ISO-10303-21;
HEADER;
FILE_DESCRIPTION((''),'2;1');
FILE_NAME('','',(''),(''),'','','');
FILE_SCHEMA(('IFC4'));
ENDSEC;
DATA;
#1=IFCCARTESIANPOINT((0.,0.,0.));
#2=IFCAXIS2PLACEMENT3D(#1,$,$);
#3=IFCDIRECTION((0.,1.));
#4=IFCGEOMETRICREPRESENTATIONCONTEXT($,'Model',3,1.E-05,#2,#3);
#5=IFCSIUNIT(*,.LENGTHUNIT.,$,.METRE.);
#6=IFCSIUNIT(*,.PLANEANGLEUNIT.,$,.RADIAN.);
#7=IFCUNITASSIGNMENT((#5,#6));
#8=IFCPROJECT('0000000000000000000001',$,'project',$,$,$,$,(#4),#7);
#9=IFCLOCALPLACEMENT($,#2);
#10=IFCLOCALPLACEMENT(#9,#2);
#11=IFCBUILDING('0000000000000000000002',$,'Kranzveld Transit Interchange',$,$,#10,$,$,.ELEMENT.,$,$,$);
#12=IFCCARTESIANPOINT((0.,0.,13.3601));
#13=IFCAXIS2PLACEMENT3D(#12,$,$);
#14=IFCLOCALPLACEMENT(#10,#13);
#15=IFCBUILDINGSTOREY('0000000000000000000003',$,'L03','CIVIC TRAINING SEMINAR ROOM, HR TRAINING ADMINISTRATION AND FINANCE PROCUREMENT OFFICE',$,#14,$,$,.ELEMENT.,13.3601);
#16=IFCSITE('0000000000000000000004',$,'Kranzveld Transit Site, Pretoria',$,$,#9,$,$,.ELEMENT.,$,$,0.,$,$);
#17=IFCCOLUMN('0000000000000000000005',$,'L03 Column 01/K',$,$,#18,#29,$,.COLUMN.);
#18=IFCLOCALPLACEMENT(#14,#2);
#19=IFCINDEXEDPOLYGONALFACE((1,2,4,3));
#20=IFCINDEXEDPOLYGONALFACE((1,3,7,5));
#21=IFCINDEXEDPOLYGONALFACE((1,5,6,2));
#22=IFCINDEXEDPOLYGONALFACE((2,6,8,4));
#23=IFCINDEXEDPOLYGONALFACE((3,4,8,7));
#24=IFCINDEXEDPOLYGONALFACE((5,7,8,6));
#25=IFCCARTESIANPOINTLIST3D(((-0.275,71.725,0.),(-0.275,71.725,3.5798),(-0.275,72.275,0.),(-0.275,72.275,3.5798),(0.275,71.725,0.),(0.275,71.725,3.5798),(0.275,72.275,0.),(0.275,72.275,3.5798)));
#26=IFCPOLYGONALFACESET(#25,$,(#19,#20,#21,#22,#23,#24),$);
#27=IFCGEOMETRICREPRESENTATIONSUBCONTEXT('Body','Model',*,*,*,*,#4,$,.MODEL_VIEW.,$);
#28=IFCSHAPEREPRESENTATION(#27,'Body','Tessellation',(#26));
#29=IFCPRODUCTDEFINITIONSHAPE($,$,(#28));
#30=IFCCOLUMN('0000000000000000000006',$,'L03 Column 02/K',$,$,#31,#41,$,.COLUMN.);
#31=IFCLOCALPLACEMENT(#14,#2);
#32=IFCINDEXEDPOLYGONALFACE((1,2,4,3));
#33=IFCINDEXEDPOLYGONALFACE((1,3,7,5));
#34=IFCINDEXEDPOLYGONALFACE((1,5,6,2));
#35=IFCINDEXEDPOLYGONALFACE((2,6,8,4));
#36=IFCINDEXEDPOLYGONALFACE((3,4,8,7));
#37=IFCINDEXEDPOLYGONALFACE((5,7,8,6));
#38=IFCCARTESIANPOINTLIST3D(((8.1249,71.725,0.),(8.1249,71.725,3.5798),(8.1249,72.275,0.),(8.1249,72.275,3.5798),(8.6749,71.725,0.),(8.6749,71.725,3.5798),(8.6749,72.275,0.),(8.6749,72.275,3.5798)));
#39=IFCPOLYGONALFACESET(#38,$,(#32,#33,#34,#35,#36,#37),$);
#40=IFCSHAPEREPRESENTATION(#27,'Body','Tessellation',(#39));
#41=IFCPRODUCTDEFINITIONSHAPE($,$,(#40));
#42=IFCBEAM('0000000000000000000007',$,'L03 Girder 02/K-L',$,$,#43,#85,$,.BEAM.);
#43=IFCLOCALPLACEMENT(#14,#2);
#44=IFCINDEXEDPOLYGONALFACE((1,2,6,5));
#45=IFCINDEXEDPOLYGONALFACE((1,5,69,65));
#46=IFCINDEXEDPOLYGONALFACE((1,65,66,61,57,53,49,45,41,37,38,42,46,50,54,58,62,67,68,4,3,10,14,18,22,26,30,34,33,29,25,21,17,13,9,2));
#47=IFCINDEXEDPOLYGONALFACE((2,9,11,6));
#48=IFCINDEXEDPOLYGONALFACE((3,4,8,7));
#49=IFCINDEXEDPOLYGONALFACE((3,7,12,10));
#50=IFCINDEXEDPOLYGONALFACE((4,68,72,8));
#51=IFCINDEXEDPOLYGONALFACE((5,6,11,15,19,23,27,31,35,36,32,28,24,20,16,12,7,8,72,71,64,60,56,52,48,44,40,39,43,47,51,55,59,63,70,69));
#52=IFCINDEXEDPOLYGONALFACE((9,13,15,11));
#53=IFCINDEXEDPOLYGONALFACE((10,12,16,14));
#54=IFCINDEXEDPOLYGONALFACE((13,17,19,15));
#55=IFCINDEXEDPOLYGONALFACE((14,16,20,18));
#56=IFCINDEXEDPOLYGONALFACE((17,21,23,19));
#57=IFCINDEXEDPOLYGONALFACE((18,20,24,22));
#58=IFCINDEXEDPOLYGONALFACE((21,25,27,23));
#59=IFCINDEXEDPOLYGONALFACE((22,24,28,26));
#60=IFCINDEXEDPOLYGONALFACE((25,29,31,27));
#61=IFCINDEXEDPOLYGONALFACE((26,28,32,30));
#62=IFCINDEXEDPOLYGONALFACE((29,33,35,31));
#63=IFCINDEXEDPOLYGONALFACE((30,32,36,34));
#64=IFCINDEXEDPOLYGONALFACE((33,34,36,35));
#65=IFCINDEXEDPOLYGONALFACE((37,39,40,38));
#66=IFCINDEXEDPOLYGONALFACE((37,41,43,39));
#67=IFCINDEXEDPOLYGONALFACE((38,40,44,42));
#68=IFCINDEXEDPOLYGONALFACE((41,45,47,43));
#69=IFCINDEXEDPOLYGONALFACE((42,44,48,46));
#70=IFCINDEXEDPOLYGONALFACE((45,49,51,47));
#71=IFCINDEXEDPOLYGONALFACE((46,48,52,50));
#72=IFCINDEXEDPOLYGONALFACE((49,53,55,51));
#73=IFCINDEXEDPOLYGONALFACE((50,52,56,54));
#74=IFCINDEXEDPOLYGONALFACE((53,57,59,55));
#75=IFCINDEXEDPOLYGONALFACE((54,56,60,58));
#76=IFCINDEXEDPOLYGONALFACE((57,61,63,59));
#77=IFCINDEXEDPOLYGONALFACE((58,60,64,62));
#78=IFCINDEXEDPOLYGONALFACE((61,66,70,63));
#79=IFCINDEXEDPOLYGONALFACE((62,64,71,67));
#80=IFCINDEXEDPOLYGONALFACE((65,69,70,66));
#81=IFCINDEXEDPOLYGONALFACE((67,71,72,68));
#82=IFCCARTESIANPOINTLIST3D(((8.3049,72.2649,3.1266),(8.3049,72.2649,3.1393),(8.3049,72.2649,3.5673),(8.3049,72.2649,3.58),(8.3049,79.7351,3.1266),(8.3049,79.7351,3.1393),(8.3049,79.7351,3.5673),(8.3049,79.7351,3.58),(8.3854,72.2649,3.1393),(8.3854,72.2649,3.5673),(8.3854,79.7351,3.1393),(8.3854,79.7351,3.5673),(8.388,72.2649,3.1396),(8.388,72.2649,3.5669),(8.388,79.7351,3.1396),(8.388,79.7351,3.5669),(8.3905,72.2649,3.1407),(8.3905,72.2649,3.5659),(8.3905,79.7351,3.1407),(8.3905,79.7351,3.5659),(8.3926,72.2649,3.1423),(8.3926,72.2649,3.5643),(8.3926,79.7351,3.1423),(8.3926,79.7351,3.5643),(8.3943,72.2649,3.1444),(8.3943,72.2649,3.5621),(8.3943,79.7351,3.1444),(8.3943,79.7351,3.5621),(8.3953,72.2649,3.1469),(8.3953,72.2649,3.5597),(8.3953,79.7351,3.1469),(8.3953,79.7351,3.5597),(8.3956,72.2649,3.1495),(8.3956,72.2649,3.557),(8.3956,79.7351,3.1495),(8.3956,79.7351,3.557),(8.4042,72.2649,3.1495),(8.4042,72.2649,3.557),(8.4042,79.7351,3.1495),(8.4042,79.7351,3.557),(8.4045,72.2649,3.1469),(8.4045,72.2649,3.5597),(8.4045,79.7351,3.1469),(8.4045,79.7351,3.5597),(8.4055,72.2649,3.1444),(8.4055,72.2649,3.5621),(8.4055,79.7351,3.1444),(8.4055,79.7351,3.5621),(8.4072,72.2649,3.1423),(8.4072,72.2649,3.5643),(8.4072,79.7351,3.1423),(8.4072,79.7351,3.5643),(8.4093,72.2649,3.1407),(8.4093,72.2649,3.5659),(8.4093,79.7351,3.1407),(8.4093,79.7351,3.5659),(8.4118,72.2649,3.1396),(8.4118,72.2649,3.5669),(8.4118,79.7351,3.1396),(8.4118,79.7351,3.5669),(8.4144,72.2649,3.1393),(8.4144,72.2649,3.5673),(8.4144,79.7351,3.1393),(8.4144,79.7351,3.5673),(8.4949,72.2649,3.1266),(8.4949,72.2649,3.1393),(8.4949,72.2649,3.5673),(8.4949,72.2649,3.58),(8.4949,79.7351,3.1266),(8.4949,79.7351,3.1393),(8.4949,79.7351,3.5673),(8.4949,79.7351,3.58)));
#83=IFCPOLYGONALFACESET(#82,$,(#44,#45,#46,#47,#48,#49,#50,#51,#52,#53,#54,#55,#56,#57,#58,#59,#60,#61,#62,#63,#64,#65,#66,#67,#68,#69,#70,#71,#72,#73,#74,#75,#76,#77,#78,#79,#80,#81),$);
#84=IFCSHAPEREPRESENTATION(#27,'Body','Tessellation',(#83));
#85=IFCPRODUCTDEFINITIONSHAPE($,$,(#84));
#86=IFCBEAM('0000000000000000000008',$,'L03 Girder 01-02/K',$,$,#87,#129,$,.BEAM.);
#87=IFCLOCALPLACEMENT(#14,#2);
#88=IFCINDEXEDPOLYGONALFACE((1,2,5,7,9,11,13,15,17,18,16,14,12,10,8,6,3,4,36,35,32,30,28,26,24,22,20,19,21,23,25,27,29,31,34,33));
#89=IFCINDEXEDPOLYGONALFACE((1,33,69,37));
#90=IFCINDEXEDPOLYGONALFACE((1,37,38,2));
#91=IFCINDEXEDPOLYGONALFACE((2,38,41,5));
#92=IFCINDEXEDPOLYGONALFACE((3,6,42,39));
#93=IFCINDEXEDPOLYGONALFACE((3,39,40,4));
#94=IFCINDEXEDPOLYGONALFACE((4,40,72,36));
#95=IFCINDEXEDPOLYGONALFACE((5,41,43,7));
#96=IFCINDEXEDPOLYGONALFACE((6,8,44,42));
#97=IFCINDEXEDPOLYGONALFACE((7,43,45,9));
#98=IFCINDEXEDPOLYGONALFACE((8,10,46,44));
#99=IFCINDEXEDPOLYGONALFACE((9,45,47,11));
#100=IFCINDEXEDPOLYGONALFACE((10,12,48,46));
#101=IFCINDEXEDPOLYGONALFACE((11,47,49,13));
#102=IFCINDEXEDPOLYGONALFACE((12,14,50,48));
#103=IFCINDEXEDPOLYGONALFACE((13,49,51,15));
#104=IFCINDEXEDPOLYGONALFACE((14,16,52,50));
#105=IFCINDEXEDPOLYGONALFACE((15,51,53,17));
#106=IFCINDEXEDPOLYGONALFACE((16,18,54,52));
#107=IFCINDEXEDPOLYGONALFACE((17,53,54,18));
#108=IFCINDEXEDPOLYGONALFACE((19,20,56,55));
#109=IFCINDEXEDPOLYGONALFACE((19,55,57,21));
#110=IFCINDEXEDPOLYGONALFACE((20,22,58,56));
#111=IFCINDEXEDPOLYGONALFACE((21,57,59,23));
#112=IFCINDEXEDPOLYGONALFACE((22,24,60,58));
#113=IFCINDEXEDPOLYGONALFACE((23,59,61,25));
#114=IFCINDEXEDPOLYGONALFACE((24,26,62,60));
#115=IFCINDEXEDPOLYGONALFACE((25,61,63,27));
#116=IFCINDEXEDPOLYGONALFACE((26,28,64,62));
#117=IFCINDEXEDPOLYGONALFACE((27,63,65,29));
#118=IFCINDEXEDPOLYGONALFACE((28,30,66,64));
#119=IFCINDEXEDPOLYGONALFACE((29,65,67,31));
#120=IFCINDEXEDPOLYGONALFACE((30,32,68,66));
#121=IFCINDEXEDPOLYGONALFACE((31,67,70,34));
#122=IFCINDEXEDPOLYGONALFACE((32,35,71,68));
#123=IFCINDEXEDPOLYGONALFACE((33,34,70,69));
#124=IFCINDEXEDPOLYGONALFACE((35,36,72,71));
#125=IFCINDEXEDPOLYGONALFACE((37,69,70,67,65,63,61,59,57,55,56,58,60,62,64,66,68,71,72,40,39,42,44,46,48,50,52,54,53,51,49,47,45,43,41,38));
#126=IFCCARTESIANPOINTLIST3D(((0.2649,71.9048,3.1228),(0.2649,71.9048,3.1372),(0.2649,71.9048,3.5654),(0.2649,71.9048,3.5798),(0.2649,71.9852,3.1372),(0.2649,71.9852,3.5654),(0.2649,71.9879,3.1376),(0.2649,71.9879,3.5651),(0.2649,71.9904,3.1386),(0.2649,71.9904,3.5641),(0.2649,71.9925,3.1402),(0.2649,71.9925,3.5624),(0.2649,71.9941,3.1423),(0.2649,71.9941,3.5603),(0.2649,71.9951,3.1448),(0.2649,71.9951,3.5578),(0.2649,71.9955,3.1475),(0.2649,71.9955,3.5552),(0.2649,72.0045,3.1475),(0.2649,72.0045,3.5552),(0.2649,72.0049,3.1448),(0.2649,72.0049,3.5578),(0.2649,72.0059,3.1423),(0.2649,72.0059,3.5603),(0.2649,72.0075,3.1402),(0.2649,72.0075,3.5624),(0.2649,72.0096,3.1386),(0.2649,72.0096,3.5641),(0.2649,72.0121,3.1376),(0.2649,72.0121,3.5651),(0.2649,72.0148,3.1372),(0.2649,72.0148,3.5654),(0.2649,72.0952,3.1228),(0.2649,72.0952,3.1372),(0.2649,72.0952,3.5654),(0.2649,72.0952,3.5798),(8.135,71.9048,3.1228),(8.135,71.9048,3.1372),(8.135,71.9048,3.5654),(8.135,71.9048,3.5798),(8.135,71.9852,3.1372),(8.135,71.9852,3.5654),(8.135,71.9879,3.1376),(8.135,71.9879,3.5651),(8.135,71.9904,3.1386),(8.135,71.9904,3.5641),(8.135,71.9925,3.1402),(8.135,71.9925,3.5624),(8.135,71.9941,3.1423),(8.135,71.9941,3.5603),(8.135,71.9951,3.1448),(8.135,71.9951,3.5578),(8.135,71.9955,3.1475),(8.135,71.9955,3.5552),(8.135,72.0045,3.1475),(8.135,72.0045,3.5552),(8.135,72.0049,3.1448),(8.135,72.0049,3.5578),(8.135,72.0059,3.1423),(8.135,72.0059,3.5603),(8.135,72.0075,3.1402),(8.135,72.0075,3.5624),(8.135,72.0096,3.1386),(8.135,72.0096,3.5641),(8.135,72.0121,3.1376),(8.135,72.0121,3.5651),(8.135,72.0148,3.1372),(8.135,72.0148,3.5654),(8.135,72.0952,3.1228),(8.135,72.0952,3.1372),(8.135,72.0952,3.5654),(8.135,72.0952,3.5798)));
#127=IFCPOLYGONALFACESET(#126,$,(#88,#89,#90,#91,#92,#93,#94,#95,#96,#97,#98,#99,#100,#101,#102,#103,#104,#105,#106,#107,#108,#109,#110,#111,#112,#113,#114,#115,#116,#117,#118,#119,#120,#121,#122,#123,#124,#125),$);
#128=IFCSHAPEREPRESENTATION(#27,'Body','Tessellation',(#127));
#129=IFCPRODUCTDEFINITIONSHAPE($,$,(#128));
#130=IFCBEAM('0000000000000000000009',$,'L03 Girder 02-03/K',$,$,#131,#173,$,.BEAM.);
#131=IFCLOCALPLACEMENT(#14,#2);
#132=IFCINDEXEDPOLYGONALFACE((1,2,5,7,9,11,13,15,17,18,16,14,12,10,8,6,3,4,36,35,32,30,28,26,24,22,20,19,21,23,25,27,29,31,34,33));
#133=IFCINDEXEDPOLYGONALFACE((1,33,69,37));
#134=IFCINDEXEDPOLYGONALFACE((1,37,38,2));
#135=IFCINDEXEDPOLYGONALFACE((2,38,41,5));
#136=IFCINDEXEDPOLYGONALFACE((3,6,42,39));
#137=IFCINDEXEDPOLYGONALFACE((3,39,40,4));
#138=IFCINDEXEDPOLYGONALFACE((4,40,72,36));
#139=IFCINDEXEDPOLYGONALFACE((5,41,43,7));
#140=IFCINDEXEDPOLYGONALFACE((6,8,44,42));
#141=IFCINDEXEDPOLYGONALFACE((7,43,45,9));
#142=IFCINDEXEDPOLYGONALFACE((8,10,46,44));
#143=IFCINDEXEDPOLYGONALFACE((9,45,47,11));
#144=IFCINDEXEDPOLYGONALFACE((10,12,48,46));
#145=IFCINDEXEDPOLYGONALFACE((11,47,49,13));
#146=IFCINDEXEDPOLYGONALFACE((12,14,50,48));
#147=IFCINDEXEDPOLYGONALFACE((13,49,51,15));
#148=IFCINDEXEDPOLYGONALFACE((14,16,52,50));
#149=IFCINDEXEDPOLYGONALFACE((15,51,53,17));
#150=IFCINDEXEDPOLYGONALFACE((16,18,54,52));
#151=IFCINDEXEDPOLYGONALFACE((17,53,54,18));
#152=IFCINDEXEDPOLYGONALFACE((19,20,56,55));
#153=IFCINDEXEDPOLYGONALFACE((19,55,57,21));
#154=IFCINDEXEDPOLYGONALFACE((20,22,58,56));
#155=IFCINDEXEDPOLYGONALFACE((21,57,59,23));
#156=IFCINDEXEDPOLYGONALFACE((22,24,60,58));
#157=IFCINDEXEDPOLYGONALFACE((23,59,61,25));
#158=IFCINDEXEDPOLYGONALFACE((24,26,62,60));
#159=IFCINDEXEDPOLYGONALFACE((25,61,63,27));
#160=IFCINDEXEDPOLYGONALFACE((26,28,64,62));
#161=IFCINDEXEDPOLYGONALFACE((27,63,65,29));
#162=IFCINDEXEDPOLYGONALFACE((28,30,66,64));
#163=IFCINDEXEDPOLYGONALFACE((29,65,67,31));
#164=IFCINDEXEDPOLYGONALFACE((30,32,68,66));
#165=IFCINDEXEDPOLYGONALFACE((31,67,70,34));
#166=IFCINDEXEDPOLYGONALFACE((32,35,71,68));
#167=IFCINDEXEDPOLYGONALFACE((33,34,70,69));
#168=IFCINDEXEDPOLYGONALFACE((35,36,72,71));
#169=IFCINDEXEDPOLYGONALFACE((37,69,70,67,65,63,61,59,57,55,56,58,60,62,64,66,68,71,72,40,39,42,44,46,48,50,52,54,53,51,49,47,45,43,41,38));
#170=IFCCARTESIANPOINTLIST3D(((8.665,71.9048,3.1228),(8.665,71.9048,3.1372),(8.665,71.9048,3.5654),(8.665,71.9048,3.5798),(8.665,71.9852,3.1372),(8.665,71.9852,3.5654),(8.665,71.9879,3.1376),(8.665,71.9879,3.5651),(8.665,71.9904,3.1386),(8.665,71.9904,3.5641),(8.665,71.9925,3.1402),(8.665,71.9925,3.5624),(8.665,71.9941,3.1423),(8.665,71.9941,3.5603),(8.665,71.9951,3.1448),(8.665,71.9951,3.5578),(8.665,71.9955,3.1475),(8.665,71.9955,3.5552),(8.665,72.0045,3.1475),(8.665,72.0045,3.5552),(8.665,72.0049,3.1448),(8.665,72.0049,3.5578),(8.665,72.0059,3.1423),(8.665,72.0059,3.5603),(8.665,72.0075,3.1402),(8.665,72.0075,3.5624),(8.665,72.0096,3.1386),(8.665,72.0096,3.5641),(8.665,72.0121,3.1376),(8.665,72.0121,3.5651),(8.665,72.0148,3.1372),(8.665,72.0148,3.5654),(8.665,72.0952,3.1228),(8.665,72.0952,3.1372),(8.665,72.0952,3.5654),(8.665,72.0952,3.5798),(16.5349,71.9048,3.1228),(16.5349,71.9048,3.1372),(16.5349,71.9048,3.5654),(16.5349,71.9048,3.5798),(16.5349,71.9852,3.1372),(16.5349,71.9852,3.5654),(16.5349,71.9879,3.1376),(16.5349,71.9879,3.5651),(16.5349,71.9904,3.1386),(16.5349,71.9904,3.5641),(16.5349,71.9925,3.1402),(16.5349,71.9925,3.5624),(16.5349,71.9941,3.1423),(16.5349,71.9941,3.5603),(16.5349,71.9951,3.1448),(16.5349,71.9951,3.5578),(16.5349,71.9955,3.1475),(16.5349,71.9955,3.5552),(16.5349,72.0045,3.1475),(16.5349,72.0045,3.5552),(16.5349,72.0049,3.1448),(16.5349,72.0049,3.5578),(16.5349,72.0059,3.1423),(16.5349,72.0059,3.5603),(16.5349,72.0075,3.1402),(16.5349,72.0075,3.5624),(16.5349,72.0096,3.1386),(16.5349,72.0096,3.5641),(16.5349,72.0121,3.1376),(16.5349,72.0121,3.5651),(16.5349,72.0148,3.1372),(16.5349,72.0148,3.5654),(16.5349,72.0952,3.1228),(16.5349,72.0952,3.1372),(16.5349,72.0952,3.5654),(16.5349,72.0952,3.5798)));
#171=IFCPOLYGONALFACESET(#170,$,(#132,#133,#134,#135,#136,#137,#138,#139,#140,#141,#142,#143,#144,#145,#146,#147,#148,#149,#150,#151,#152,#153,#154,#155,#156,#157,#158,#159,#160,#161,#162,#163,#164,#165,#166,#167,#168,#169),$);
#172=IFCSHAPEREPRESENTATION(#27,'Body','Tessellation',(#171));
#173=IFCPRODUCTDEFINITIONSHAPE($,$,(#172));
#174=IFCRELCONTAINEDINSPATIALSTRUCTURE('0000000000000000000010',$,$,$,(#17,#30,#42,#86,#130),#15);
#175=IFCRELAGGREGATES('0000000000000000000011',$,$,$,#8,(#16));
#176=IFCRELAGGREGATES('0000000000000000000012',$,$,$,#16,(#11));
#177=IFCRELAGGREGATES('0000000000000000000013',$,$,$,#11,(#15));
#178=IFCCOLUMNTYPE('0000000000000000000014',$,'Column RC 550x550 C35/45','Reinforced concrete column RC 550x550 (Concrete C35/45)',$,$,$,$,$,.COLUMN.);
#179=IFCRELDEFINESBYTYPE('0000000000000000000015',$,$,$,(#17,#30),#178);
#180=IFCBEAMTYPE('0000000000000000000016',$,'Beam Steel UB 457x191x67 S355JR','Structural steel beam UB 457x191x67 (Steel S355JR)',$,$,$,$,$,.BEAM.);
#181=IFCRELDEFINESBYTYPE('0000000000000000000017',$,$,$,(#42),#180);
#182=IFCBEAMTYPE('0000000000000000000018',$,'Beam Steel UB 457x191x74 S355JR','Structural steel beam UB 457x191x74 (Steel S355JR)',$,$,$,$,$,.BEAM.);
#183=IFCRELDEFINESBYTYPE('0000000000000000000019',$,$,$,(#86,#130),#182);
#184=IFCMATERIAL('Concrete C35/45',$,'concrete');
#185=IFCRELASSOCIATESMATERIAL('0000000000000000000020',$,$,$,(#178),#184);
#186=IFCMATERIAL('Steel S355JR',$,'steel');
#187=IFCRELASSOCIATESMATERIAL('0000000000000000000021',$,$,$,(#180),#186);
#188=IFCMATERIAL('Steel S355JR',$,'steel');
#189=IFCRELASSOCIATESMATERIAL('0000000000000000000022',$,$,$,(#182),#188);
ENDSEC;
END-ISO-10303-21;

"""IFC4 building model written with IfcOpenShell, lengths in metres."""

from ifc_helpers import new_model, si_unit, direction, frame, origin, origin_2d, place, context, subcontext, project, spatial, rectangle, i_section, extrude, material, material_profile, profile_set, type_object, element, save


model = new_model("IFC4")

# Units and contexts
model_context = context("Model", 3, precision=1e-05, world=origin(), true_north=direction((0.0, 1.0)))
body_context = subcontext(model_context, "Body", "Model", "MODEL_VIEW")
ifc_project = project(units=[si_unit("LENGTHUNIT", "METRE"), si_unit("PLANEANGLEUNIT", "RADIAN")], contexts=[model_context])

# Site, building, storey
site_placement = place(None, origin())
site = spatial("IfcSite", under=ifc_project, at=site_placement, Name="Kranzveld Transit Site, Pretoria", CompositionType="ELEMENT", RefElevation=0.0)
building_placement = place(site_placement, origin())
building = spatial("IfcBuilding", under=site, at=building_placement, Name="Kranzveld Transit Interchange", CompositionType="ELEMENT")
storey_placement = place(building_placement, frame((0.0, 0.0, 13.3601)))
storey = spatial("IfcBuildingStorey", under=building, at=storey_placement, Name="L03", Description="CIVIC TRAINING SEMINAR ROOM, HR TRAINING ADMINISTRATION AND FINANCE PROCUREMENT OFFICE", CompositionType="ELEMENT", Elevation=13.3601)

# Columns
ifc_material_1 = material(Name="Concrete C35/45", Category="concrete")
ifc_material_profile_1 = material_profile(ifc_material_1, rectangle(XDim=0.55, YDim=0.55, at=origin_2d()), Name="RC 550x550")
ifc_profile_set_1 = profile_set([ifc_material_profile_1], Name="Concrete C35/45")
column_type = type_object("IfcColumnType", Name="Column RC 550x550 C35/45", Description="Reinforced concrete column RC 550x550 (Concrete C35/45)", PredefinedType="COLUMN", material=ifc_profile_set_1)
for number, where, z_axis, x_axis, name in (
    (1, (0.0, 72.0, 0.0), (0.0, 0.0, 1.0), (1.0, 0.0, 0.0), "L03 Column 01/K"),
    (2, (8.3999, 72.0, 0.0), (0.0, 0.0, 1.0), (1.0, 0.0, 0.0), "L03 Column 02/K"),
):
    element("IfcColumn", number, at=place(storey_placement, frame(where, z_axis=z_axis, x_axis=x_axis)), inside=storey, type_object=column_type, Name=name, PredefinedType="COLUMN", context=body_context, shape_type="SweptSolid", body=[
        extrude(rectangle(XDim=0.55, YDim=0.55, at=origin_2d()), origin(), (0.0, 0.0, 1.0), 3.5798),
    ])

# Beams
ifc_material_2 = material(Name="Steel S355JR", Category="steel")
ifc_material_profile_2 = material_profile(ifc_material_2, i_section(OverallWidth=0.1899, OverallDepth=0.4534, WebThickness=0.0085, FlangeThickness=0.0127, FilletRadius=0.0103, at=origin_2d()), Name="UB 457x191x67")
ifc_profile_set_2 = profile_set([ifc_material_profile_2], Name="Steel S355JR")
beam_type_1 = type_object("IfcBeamType", Name="Beam Steel UB 457x191x67 S355JR", Description="Structural steel beam UB 457x191x67 (Steel S355JR)", PredefinedType="BEAM", material=ifc_profile_set_2)
beam_1_placement = place(storey_placement, frame((8.3999, 72.2649, 3.3533), z_axis=(0.0, 1.0, 0.0), x_axis=(-1.0, 0.0, 0.0)))
element("IfcBeam", 3, at=beam_1_placement, inside=storey, type_object=beam_type_1, Name="L03 Girder 02/K-L", PredefinedType="BEAM", context=body_context, shape_type="SweptSolid", body=[
    extrude(i_section(OverallWidth=0.1899, OverallDepth=0.4534, WebThickness=0.0085, FlangeThickness=0.0127, FilletRadius=0.0103, at=origin_2d()), origin(), (0.0, 0.0, 1.0), 7.4702),
])
ifc_material_3 = material(Name="Steel S355JR", Category="steel")
ifc_material_profile_3 = material_profile(ifc_material_3, i_section(OverallWidth=0.1904, OverallDepth=0.457, WebThickness=0.009, FlangeThickness=0.0144, FilletRadius=0.0103, at=origin_2d()), Name="UB 457x191x74")
ifc_profile_set_3 = profile_set([ifc_material_profile_3], Name="Steel S355JR")
beam_type_2 = type_object("IfcBeamType", Name="Beam Steel UB 457x191x74 S355JR", Description="Structural steel beam UB 457x191x74 (Steel S355JR)", PredefinedType="BEAM", material=ifc_profile_set_3)
beam_2_placement = place(storey_placement, frame((0.2649, 72.0, 3.3513), z_axis=(1.0, 0.0, 0.0), x_axis=(0.0, 1.0, 0.0)))
element("IfcBeam", 4, at=beam_2_placement, inside=storey, type_object=beam_type_2, Name="L03 Girder 01-02/K", PredefinedType="BEAM", context=body_context, shape_type="SweptSolid", body=[
    extrude(i_section(OverallWidth=0.1904, OverallDepth=0.457, WebThickness=0.009, FlangeThickness=0.0144, FilletRadius=0.0103, at=origin_2d()), origin(), (0.0, 0.0, 1.0), 7.8701),
])
beam_3_placement = place(storey_placement, frame((8.665, 72.0, 3.3513), z_axis=(1.0, 0.0, 0.0), x_axis=(0.0, 1.0, 0.0)))
element("IfcBeam", 5, at=beam_3_placement, inside=storey, type_object=beam_type_2, Name="L03 Girder 02-03/K", PredefinedType="BEAM", context=body_context, shape_type="SweptSolid", body=[
    extrude(i_section(OverallWidth=0.1904, OverallDepth=0.457, WebThickness=0.009, FlangeThickness=0.0144, FilletRadius=0.0103, at=origin_2d()), origin(), (0.0, 0.0, 1.0), 7.8699),
])

save(model, "model.ifc")
